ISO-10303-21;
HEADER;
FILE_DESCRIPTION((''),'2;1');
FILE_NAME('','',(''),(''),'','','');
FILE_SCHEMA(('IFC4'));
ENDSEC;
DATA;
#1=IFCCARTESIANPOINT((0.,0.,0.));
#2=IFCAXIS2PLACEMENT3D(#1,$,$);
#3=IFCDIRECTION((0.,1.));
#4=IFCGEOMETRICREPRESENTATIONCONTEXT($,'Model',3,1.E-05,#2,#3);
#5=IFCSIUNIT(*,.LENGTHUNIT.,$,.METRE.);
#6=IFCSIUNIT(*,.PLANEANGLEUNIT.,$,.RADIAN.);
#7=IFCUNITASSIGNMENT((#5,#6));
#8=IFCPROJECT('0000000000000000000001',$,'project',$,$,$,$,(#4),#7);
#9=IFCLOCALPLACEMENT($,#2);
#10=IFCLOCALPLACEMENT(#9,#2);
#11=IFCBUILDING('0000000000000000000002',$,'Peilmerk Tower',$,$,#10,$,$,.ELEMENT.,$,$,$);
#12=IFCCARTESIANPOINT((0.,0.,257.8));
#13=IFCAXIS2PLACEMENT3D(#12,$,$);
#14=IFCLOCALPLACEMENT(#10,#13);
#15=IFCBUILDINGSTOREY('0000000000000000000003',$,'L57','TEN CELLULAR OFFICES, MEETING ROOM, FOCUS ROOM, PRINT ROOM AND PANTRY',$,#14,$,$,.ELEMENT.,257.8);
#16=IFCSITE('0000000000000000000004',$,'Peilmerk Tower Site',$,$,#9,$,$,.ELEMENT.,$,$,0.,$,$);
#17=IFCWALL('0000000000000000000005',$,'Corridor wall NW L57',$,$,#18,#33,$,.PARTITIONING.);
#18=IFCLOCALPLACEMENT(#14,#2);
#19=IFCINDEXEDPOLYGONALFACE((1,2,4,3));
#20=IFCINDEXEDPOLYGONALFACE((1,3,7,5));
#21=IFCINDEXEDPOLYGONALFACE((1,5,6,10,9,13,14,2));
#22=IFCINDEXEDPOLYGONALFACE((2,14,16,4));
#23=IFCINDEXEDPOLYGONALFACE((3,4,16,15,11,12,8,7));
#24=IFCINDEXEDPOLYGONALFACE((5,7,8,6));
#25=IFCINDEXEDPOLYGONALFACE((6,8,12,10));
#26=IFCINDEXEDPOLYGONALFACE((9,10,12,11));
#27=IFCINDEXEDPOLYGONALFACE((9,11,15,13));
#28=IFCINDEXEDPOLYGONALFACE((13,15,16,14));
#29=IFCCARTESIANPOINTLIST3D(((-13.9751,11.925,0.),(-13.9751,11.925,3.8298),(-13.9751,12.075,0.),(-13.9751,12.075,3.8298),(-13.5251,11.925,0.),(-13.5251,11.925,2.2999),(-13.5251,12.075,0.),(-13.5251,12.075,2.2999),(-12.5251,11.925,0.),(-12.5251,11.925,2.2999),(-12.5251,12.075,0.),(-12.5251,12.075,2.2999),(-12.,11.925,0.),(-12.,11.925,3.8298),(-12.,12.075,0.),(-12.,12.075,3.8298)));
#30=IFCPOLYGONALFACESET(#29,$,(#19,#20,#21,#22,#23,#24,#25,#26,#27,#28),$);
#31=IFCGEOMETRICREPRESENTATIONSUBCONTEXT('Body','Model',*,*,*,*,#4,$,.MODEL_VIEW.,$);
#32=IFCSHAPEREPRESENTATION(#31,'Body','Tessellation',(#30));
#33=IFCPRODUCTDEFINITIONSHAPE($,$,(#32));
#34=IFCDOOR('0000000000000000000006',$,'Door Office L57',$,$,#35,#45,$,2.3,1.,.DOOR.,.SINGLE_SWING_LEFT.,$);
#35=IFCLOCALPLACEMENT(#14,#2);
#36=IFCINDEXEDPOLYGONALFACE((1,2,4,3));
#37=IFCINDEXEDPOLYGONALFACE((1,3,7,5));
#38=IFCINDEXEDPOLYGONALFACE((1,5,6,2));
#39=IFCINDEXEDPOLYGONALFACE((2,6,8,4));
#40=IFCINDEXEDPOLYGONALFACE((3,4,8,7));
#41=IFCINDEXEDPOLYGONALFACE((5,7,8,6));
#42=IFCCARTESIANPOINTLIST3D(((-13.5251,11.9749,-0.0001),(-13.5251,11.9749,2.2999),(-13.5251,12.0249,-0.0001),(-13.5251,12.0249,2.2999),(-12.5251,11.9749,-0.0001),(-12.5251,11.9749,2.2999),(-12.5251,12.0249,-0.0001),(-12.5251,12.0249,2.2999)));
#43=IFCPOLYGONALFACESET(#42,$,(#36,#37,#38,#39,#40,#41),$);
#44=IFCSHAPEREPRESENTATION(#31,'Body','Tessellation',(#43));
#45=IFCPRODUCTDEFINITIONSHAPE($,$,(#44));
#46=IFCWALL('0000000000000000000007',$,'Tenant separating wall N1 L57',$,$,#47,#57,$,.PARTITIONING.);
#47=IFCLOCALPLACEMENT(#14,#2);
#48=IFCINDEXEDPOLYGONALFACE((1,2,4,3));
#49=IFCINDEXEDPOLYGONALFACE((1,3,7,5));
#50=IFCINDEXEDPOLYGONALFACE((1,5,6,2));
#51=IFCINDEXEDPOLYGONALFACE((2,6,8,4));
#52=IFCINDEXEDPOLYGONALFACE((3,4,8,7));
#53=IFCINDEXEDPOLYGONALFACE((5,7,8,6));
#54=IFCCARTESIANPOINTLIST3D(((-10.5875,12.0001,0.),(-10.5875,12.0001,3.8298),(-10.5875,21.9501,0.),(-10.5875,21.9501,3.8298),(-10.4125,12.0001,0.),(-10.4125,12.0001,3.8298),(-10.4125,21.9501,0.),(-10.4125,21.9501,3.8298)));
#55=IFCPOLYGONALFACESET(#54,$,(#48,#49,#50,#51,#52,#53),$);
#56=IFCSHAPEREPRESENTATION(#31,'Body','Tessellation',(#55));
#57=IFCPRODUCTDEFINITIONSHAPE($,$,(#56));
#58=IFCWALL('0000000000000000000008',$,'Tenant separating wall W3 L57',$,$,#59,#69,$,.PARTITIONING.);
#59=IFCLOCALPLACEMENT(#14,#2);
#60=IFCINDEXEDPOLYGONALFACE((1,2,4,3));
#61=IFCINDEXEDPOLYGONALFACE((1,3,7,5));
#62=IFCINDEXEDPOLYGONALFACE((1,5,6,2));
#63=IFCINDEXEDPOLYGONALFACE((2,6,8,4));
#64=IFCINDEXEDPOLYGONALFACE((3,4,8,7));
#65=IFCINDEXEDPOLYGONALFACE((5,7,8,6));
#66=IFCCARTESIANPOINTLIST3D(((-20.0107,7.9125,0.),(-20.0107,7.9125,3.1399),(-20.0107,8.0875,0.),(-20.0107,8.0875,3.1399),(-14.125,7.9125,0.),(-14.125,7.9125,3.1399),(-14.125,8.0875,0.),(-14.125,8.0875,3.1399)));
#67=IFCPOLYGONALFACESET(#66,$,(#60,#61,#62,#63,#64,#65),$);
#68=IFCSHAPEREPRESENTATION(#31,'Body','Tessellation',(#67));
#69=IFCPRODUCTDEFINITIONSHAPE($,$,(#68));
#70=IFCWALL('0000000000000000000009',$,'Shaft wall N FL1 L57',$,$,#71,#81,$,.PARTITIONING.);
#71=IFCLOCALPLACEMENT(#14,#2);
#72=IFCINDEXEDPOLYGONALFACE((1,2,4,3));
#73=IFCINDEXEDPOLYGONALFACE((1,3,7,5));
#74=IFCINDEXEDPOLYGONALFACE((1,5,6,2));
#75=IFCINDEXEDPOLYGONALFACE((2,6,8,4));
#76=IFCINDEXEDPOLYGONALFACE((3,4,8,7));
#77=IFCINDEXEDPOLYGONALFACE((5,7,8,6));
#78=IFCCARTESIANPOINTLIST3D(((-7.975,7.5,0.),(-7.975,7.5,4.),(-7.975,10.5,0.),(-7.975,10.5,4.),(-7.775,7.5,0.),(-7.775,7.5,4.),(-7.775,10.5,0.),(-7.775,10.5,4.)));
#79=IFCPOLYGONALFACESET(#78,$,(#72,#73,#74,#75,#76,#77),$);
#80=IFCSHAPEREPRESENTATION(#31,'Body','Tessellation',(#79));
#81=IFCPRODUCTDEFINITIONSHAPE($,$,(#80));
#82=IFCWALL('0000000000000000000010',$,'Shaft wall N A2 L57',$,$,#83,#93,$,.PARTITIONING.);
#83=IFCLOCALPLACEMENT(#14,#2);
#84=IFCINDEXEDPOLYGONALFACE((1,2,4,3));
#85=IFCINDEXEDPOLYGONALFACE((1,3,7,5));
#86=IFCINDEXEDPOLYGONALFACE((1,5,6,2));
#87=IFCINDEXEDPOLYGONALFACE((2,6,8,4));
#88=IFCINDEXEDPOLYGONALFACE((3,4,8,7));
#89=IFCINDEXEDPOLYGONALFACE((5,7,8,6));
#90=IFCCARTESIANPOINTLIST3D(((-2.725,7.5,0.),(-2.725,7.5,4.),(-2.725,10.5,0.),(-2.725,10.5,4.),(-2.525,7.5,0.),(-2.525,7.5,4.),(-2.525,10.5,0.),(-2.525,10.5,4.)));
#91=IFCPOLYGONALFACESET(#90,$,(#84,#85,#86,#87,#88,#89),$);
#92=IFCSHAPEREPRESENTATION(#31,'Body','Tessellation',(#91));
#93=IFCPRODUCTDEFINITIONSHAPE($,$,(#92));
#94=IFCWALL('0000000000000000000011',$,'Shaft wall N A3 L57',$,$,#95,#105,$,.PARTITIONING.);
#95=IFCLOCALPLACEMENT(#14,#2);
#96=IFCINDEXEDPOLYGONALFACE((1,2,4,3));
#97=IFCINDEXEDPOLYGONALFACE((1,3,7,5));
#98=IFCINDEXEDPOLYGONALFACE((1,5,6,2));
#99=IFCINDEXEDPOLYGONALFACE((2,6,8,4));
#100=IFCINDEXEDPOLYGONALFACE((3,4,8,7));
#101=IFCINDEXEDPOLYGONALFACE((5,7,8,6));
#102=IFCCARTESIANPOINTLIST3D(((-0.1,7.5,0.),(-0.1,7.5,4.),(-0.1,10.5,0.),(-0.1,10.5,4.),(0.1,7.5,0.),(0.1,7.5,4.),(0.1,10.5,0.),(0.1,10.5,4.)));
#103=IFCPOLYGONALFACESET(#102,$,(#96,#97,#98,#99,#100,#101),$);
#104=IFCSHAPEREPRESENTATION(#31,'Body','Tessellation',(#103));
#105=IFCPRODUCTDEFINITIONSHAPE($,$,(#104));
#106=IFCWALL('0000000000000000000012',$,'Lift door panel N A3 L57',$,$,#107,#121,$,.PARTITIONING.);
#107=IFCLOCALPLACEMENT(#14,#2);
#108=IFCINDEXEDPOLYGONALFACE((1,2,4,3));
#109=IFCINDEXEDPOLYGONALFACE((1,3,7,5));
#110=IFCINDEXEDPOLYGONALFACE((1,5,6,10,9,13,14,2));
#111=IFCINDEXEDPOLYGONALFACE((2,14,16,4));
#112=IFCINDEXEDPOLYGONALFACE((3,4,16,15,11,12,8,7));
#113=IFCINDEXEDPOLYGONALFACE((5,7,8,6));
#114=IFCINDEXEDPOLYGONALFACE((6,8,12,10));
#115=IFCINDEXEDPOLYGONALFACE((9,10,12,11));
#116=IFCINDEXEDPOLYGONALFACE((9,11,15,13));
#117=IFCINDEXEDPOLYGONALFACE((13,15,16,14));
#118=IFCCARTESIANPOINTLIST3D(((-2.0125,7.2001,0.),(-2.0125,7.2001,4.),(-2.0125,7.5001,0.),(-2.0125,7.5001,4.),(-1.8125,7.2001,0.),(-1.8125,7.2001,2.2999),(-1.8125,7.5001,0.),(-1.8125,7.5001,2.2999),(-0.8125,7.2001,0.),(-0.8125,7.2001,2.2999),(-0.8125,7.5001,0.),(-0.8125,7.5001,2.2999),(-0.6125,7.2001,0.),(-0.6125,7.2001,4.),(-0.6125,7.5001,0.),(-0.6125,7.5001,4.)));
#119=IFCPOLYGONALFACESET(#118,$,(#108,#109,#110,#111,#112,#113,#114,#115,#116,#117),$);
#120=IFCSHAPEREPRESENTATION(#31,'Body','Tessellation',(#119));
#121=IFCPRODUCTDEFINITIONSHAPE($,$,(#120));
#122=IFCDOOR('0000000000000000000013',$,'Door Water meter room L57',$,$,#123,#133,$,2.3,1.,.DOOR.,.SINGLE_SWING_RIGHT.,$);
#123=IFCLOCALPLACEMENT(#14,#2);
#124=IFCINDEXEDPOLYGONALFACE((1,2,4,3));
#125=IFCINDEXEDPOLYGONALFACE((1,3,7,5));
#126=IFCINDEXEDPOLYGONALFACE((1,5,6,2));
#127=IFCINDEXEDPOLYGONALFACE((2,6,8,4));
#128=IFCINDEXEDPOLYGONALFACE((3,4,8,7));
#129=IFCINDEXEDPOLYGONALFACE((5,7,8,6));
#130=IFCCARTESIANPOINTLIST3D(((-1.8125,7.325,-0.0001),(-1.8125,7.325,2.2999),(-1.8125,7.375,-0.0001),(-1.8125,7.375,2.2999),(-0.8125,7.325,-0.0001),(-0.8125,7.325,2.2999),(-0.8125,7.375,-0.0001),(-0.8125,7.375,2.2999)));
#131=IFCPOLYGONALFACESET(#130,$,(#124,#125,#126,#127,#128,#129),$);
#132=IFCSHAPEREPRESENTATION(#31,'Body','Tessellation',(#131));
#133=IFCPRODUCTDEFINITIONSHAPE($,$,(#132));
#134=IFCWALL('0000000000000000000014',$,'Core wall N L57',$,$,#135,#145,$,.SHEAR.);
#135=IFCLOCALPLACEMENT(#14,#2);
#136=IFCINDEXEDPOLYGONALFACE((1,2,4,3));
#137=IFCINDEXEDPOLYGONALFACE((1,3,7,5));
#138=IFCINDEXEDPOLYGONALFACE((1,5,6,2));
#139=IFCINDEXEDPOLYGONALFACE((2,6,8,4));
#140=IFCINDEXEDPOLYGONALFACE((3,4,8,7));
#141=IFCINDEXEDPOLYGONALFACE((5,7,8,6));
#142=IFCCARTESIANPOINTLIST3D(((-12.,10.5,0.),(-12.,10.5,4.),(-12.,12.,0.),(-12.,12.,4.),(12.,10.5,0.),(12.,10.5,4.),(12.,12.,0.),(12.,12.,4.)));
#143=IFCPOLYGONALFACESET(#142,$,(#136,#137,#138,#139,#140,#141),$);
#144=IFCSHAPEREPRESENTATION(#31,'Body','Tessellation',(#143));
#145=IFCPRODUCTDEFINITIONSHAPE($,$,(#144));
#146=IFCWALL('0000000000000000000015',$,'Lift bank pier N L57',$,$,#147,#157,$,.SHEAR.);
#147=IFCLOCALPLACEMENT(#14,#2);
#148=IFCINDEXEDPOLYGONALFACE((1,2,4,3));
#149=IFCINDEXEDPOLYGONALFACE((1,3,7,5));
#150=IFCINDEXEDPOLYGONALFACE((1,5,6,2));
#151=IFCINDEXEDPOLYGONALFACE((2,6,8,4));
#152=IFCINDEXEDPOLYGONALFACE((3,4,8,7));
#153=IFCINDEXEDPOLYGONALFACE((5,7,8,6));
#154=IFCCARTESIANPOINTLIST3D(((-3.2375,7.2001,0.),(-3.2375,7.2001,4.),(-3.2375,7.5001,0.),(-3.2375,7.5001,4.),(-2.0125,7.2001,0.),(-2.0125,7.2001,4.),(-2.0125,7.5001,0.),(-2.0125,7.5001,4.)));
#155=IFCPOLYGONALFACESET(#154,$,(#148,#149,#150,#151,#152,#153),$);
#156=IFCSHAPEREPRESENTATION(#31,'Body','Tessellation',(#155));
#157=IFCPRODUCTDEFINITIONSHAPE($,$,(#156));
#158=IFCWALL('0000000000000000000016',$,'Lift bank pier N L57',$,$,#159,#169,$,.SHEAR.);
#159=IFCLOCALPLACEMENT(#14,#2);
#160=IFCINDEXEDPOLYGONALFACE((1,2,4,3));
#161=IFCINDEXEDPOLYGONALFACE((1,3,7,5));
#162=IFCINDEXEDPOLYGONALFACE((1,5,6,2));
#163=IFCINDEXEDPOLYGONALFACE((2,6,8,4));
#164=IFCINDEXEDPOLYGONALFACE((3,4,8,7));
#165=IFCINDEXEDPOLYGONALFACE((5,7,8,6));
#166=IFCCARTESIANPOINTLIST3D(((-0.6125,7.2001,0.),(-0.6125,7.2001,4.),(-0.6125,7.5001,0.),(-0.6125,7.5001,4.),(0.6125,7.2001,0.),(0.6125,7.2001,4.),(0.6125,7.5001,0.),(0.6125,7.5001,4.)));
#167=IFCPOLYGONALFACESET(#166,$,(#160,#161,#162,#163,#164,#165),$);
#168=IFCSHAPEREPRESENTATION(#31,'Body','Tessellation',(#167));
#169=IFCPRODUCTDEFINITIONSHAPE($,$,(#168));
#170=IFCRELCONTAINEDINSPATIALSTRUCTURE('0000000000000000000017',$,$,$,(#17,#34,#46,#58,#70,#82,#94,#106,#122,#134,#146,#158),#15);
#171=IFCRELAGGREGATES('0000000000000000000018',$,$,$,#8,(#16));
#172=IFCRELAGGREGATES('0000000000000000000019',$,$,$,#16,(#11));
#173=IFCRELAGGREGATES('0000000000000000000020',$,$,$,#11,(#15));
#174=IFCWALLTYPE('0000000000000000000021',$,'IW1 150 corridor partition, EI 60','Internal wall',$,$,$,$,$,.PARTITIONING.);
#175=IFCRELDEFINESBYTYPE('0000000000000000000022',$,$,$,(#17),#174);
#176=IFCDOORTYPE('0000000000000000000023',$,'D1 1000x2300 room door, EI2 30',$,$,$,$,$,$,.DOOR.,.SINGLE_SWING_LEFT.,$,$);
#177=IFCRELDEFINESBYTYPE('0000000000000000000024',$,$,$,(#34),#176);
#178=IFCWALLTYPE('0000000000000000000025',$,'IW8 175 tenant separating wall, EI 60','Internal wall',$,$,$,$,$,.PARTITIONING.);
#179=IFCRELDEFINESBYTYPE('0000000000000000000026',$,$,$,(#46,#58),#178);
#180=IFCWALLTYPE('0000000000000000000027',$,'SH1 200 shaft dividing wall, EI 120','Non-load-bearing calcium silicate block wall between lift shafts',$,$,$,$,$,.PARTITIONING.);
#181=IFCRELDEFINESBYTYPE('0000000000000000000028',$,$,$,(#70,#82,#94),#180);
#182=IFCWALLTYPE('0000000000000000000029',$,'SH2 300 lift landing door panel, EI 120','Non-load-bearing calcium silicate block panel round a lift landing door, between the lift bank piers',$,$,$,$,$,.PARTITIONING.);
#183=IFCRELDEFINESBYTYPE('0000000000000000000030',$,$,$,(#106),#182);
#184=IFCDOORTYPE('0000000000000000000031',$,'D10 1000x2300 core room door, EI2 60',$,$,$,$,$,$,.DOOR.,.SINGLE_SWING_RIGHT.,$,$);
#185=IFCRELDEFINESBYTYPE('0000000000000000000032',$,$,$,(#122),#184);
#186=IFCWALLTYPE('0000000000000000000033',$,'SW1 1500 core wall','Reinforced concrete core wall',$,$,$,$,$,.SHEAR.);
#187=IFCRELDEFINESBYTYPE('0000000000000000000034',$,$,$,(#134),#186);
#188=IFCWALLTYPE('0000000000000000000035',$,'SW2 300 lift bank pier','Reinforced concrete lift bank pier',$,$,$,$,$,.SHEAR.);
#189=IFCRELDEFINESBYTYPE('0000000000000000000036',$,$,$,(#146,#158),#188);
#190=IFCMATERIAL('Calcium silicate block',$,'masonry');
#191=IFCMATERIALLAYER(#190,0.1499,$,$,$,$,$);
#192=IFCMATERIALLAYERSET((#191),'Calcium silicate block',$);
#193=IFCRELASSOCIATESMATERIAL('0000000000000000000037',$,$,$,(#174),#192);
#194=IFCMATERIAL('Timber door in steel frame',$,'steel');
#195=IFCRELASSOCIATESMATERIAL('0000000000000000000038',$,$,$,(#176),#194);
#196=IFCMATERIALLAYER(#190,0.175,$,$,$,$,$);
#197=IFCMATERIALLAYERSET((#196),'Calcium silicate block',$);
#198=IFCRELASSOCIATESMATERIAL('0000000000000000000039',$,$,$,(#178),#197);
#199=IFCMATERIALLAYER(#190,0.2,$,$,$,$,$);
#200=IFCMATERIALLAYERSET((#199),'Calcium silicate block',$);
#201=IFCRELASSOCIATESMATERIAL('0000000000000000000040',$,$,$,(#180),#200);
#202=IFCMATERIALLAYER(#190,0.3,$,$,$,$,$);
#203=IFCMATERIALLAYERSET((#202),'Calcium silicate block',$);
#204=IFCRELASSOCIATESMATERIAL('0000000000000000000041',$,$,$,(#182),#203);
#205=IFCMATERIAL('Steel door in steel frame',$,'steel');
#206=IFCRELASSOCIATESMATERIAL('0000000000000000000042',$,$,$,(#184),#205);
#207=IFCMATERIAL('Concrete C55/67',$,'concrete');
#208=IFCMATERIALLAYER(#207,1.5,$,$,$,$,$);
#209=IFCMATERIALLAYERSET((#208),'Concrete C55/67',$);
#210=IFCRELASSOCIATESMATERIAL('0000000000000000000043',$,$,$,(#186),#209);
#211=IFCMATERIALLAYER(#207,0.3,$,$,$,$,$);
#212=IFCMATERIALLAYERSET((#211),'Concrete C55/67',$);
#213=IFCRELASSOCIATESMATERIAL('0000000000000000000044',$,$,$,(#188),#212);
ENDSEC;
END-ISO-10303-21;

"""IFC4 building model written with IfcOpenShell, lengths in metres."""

from ifc_helpers import new_model, si_unit, direction, frame, frame_2d, origin, place, context, subcontext, project, spatial, rectangle, extrude, material, layer, layer_set, type_object, element, fill, save


model = new_model("IFC4")

# Units and contexts
model_context = context("Model", 3, precision=1e-05, world=origin(), true_north=direction((0.0, 1.0)))
body_context = subcontext(model_context, "Body", "Model", "MODEL_VIEW")
ifc_project = project(units=[si_unit("LENGTHUNIT", "METRE"), si_unit("PLANEANGLEUNIT", "RADIAN")], contexts=[model_context])

# Site, building, storey
site_placement = place(None, origin())
site = spatial("IfcSite", under=ifc_project, at=site_placement, Name="Peilmerk Tower Site", CompositionType="ELEMENT", RefElevation=0.0)
building_placement = place(site_placement, origin())
building = spatial("IfcBuilding", under=site, at=building_placement, Name="Peilmerk Tower", CompositionType="ELEMENT")
storey_placement = place(building_placement, frame((0.0, 0.0, 257.8)))
storey = spatial("IfcBuildingStorey", under=building, at=storey_placement, Name="L57", Description="TEN CELLULAR OFFICES, MEETING ROOM, FOCUS ROOM, PRINT ROOM AND PANTRY", CompositionType="ELEMENT", Elevation=257.8)

# Shared definitions
ifc_material_1 = material(Name="Calcium silicate block", Category="masonry")
ifc_layer_1 = layer(ifc_material_1, 0.1499)
ifc_layer_set_1 = layer_set([ifc_layer_1], Name="Calcium silicate block")
wall_type_1 = type_object("IfcWallType", Name="IW1 150 corridor partition, EI 60", Description="Internal wall", PredefinedType="PARTITIONING", material=ifc_layer_set_1)
ifc_material_2 = material(Name="Timber door in steel frame", Category="steel")
door_type_1 = type_object("IfcDoorType", Name="D1 1000x2300 room door, EI2 30", OperationType="SINGLE_SWING_LEFT", PredefinedType="DOOR", material=ifc_material_2)

# Wall, opening, door
wall_1_placement = place(storey_placement, frame((-13.9751, 12.0, 0.0), z_axis=(0.0, 0.0, 1.0), x_axis=(1.0, 0.0, 0.0)))
wall_1 = element("IfcWall", 1, at=wall_1_placement, inside=storey, type_object=wall_type_1, Name="Corridor wall NW L57", PredefinedType="PARTITIONING", context=body_context, shape_type="SweptSolid", body=[
    extrude(rectangle(XDim=1.9751, YDim=0.1499, at=frame_2d((0.9875, 0.0))), origin(), (0.0, 0.0, 1.0), 3.8298),
])
opening_1_placement = place(wall_1_placement, frame((0.45, 0.0, 0.0)))
opening_1 = element("IfcOpeningElement", 2, at=opening_1_placement, cuts=wall_1, PredefinedType="OPENING", context=body_context, shape_type="SweptSolid", body=[
    extrude(rectangle(XDim=1.0, YDim=2.3, at=frame_2d((0.5, 1.1499))), frame((0.0, 0.085, 0.0), z_axis=(0.0, -1.0, 0.0), x_axis=(1.0, 0.0, 0.0)), (0.0, 0.0, 1.0), 0.1699),
])
door_1_placement = place(opening_1_placement, origin())
door_1 = element("IfcDoor", 3, at=door_1_placement, inside=storey, type_object=door_type_1, Name="Door Office L57", OperationType="SINGLE_SWING_LEFT", OverallHeight=2.3, OverallWidth=1.0, PredefinedType="DOOR", context=body_context, shape_type="SweptSolid", body=[
    extrude(rectangle(XDim=1.0, YDim=2.3, at=frame_2d((0.5, 1.1499))), frame((0.0, 0.0249, 0.0), z_axis=(0.0, -1.0, 0.0), x_axis=(1.0, 0.0, 0.0)), (0.0, 0.0, 1.0), 0.05),
])
fill(opening_1, door_1)

# Walls
ifc_layer_2 = layer(ifc_material_1, 0.175)
ifc_layer_set_2 = layer_set([ifc_layer_2], Name="Calcium silicate block")
wall_type_2 = type_object("IfcWallType", Name="IW8 175 tenant separating wall, EI 60", Description="Internal wall", PredefinedType="PARTITIONING", material=ifc_layer_set_2)
wall_2_placement = place(storey_placement, frame((-10.5, 12.0, 0.0), z_axis=(0.0, 0.0, 1.0), x_axis=(0.0, 1.0, 0.0)))
element("IfcWall", 4, at=wall_2_placement, inside=storey, type_object=wall_type_2, Name="Tenant separating wall N1 L57", PredefinedType="PARTITIONING", context=body_context, shape_type="SweptSolid", body=[
    extrude(rectangle(XDim=9.95, YDim=0.175, at=frame_2d((4.9751, 0.0))), origin(), (0.0, 0.0, 1.0), 3.8298),
])
wall_3_placement = place(storey_placement, frame((-14.125, 8.0, 0.0), z_axis=(0.0, 0.0, 1.0), x_axis=(-1.0, 0.0, 0.0)))
element("IfcWall", 5, at=wall_3_placement, inside=storey, type_object=wall_type_2, Name="Tenant separating wall W3 L57", PredefinedType="PARTITIONING", context=body_context, shape_type="SweptSolid", body=[
    extrude(rectangle(XDim=5.8857, YDim=0.175, at=frame_2d((2.9429, 0.0))), origin(), (0.0, 0.0, 1.0), 3.1399),
])
ifc_layer_3 = layer(ifc_material_1, 0.2)
ifc_layer_set_3 = layer_set([ifc_layer_3], Name="Calcium silicate block")
wall_type_3 = type_object("IfcWallType", Name="SH1 200 shaft dividing wall, EI 120", Description="Non-load-bearing calcium silicate block wall between lift shafts", PredefinedType="PARTITIONING", material=ifc_layer_set_3)
for number, where, z_axis, x_axis, name in (
    (6, (-7.875, 7.5, 0.0), (0.0, 0.0, 1.0), (0.0, 1.0, 0.0), "Shaft wall N FL1 L57"),
    (7, (-2.625, 7.5, 0.0), (0.0, 0.0, 1.0), (0.0, 1.0, 0.0), "Shaft wall N A2 L57"),
    (8, (0.0, 7.5, 0.0), (0.0, 0.0, 1.0), (0.0, 1.0, 0.0), "Shaft wall N A3 L57"),
):
    element("IfcWall", number, at=place(storey_placement, frame(where, z_axis=z_axis, x_axis=x_axis)), inside=storey, type_object=wall_type_3, Name=name, PredefinedType="PARTITIONING", context=body_context, shape_type="SweptSolid", body=[
        extrude(rectangle(XDim=3.0, YDim=0.2, at=frame_2d((1.5, 0.0))), origin(), (0.0, 0.0, 1.0), 4.0),
    ])

# Wall, opening, door
ifc_layer_4 = layer(ifc_material_1, 0.3)
ifc_layer_set_4 = layer_set([ifc_layer_4], Name="Calcium silicate block")
wall_type_4 = type_object("IfcWallType", Name="SH2 300 lift landing door panel, EI 120", Description="Non-load-bearing calcium silicate block panel round a lift landing door, between the lift bank piers", PredefinedType="PARTITIONING", material=ifc_layer_set_4)
wall_4_placement = place(storey_placement, frame((-2.0125, 7.3501, 0.0), z_axis=(0.0, 0.0, 1.0), x_axis=(1.0, 0.0, 0.0)))
wall_4 = element("IfcWall", 9, at=wall_4_placement, inside=storey, type_object=wall_type_4, Name="Lift door panel N A3 L57", PredefinedType="PARTITIONING", context=body_context, shape_type="SweptSolid", body=[
    extrude(rectangle(XDim=1.3999, YDim=0.3, at=frame_2d((0.7, 0.0))), origin(), (0.0, 0.0, 1.0), 4.0),
])
opening_2_placement = place(wall_4_placement, frame((0.2, 0.0, 0.0)))
opening_2 = element("IfcOpeningElement", 10, at=opening_2_placement, cuts=wall_4, PredefinedType="OPENING", context=body_context, shape_type="SweptSolid", body=[
    extrude(rectangle(XDim=1.0, YDim=2.3, at=frame_2d((0.5, 1.1499))), frame((0.0, 0.1599, 0.0), z_axis=(0.0, -1.0, 0.0), x_axis=(1.0, 0.0, 0.0)), (0.0, 0.0, 1.0), 0.3201),
])
ifc_material_3 = material(Name="Steel door in steel frame", Category="steel")
door_type_2 = type_object("IfcDoorType", Name="D10 1000x2300 core room door, EI2 60", OperationType="SINGLE_SWING_RIGHT", PredefinedType="DOOR", material=ifc_material_3)
door_2_placement = place(opening_2_placement, origin())
door_2 = element("IfcDoor", 11, at=door_2_placement, inside=storey, type_object=door_type_2, Name="Door Water meter room L57", OperationType="SINGLE_SWING_RIGHT", OverallHeight=2.3, OverallWidth=1.0, PredefinedType="DOOR", context=body_context, shape_type="SweptSolid", body=[
    extrude(rectangle(XDim=1.0, YDim=2.3, at=frame_2d((0.5, 1.1499))), frame((0.0, 0.0249, 0.0), z_axis=(0.0, -1.0, 0.0), x_axis=(1.0, 0.0, 0.0)), (0.0, 0.0, 1.0), 0.05),
])
fill(opening_2, door_2)

# Walls
ifc_material_4 = material(Name="Concrete C55/67", Category="concrete")
ifc_layer_5 = layer(ifc_material_4, 1.5)
ifc_layer_set_5 = layer_set([ifc_layer_5], Name="Concrete C55/67")
wall_type_5 = type_object("IfcWallType", Name="SW1 1500 core wall", Description="Reinforced concrete core wall", PredefinedType="SHEAR", material=ifc_layer_set_5)
wall_5_placement = place(storey_placement, frame((-12.0, 11.25, 0.0), z_axis=(0.0, 0.0, 1.0), x_axis=(1.0, 0.0, 0.0)))
element("IfcWall", 12, at=wall_5_placement, inside=storey, type_object=wall_type_5, Name="Core wall N L57", PredefinedType="SHEAR", context=body_context, shape_type="SweptSolid", body=[
    extrude(rectangle(XDim=24.0, YDim=1.5, at=frame_2d((12.0, 0.0))), origin(), (0.0, 0.0, 1.0), 4.0),
])
ifc_layer_6 = layer(ifc_material_4, 0.3)
ifc_layer_set_6 = layer_set([ifc_layer_6], Name="Concrete C55/67")
wall_type_6 = type_object("IfcWallType", Name="SW2 300 lift bank pier", Description="Reinforced concrete lift bank pier", PredefinedType="SHEAR", material=ifc_layer_set_6)
for number, where, z_axis, x_axis, name in (
    (13, (-3.2375, 7.3501, 0.0), (0.0, 0.0, 1.0), (1.0, 0.0, 0.0), "Lift bank pier N L57"),
    (14, (-0.6125, 7.3501, 0.0), (0.0, 0.0, 1.0), (1.0, 0.0, 0.0), "Lift bank pier N L57"),
):
    element("IfcWall", number, at=place(storey_placement, frame(where, z_axis=z_axis, x_axis=x_axis)), inside=storey, type_object=wall_type_6, Name=name, PredefinedType="SHEAR", context=body_context, shape_type="SweptSolid", body=[
        extrude(rectangle(XDim=1.2251, YDim=0.3, at=frame_2d((0.6125, 0.0))), origin(), (0.0, 0.0, 1.0), 4.0),
    ])

save(model, "model.ifc")
